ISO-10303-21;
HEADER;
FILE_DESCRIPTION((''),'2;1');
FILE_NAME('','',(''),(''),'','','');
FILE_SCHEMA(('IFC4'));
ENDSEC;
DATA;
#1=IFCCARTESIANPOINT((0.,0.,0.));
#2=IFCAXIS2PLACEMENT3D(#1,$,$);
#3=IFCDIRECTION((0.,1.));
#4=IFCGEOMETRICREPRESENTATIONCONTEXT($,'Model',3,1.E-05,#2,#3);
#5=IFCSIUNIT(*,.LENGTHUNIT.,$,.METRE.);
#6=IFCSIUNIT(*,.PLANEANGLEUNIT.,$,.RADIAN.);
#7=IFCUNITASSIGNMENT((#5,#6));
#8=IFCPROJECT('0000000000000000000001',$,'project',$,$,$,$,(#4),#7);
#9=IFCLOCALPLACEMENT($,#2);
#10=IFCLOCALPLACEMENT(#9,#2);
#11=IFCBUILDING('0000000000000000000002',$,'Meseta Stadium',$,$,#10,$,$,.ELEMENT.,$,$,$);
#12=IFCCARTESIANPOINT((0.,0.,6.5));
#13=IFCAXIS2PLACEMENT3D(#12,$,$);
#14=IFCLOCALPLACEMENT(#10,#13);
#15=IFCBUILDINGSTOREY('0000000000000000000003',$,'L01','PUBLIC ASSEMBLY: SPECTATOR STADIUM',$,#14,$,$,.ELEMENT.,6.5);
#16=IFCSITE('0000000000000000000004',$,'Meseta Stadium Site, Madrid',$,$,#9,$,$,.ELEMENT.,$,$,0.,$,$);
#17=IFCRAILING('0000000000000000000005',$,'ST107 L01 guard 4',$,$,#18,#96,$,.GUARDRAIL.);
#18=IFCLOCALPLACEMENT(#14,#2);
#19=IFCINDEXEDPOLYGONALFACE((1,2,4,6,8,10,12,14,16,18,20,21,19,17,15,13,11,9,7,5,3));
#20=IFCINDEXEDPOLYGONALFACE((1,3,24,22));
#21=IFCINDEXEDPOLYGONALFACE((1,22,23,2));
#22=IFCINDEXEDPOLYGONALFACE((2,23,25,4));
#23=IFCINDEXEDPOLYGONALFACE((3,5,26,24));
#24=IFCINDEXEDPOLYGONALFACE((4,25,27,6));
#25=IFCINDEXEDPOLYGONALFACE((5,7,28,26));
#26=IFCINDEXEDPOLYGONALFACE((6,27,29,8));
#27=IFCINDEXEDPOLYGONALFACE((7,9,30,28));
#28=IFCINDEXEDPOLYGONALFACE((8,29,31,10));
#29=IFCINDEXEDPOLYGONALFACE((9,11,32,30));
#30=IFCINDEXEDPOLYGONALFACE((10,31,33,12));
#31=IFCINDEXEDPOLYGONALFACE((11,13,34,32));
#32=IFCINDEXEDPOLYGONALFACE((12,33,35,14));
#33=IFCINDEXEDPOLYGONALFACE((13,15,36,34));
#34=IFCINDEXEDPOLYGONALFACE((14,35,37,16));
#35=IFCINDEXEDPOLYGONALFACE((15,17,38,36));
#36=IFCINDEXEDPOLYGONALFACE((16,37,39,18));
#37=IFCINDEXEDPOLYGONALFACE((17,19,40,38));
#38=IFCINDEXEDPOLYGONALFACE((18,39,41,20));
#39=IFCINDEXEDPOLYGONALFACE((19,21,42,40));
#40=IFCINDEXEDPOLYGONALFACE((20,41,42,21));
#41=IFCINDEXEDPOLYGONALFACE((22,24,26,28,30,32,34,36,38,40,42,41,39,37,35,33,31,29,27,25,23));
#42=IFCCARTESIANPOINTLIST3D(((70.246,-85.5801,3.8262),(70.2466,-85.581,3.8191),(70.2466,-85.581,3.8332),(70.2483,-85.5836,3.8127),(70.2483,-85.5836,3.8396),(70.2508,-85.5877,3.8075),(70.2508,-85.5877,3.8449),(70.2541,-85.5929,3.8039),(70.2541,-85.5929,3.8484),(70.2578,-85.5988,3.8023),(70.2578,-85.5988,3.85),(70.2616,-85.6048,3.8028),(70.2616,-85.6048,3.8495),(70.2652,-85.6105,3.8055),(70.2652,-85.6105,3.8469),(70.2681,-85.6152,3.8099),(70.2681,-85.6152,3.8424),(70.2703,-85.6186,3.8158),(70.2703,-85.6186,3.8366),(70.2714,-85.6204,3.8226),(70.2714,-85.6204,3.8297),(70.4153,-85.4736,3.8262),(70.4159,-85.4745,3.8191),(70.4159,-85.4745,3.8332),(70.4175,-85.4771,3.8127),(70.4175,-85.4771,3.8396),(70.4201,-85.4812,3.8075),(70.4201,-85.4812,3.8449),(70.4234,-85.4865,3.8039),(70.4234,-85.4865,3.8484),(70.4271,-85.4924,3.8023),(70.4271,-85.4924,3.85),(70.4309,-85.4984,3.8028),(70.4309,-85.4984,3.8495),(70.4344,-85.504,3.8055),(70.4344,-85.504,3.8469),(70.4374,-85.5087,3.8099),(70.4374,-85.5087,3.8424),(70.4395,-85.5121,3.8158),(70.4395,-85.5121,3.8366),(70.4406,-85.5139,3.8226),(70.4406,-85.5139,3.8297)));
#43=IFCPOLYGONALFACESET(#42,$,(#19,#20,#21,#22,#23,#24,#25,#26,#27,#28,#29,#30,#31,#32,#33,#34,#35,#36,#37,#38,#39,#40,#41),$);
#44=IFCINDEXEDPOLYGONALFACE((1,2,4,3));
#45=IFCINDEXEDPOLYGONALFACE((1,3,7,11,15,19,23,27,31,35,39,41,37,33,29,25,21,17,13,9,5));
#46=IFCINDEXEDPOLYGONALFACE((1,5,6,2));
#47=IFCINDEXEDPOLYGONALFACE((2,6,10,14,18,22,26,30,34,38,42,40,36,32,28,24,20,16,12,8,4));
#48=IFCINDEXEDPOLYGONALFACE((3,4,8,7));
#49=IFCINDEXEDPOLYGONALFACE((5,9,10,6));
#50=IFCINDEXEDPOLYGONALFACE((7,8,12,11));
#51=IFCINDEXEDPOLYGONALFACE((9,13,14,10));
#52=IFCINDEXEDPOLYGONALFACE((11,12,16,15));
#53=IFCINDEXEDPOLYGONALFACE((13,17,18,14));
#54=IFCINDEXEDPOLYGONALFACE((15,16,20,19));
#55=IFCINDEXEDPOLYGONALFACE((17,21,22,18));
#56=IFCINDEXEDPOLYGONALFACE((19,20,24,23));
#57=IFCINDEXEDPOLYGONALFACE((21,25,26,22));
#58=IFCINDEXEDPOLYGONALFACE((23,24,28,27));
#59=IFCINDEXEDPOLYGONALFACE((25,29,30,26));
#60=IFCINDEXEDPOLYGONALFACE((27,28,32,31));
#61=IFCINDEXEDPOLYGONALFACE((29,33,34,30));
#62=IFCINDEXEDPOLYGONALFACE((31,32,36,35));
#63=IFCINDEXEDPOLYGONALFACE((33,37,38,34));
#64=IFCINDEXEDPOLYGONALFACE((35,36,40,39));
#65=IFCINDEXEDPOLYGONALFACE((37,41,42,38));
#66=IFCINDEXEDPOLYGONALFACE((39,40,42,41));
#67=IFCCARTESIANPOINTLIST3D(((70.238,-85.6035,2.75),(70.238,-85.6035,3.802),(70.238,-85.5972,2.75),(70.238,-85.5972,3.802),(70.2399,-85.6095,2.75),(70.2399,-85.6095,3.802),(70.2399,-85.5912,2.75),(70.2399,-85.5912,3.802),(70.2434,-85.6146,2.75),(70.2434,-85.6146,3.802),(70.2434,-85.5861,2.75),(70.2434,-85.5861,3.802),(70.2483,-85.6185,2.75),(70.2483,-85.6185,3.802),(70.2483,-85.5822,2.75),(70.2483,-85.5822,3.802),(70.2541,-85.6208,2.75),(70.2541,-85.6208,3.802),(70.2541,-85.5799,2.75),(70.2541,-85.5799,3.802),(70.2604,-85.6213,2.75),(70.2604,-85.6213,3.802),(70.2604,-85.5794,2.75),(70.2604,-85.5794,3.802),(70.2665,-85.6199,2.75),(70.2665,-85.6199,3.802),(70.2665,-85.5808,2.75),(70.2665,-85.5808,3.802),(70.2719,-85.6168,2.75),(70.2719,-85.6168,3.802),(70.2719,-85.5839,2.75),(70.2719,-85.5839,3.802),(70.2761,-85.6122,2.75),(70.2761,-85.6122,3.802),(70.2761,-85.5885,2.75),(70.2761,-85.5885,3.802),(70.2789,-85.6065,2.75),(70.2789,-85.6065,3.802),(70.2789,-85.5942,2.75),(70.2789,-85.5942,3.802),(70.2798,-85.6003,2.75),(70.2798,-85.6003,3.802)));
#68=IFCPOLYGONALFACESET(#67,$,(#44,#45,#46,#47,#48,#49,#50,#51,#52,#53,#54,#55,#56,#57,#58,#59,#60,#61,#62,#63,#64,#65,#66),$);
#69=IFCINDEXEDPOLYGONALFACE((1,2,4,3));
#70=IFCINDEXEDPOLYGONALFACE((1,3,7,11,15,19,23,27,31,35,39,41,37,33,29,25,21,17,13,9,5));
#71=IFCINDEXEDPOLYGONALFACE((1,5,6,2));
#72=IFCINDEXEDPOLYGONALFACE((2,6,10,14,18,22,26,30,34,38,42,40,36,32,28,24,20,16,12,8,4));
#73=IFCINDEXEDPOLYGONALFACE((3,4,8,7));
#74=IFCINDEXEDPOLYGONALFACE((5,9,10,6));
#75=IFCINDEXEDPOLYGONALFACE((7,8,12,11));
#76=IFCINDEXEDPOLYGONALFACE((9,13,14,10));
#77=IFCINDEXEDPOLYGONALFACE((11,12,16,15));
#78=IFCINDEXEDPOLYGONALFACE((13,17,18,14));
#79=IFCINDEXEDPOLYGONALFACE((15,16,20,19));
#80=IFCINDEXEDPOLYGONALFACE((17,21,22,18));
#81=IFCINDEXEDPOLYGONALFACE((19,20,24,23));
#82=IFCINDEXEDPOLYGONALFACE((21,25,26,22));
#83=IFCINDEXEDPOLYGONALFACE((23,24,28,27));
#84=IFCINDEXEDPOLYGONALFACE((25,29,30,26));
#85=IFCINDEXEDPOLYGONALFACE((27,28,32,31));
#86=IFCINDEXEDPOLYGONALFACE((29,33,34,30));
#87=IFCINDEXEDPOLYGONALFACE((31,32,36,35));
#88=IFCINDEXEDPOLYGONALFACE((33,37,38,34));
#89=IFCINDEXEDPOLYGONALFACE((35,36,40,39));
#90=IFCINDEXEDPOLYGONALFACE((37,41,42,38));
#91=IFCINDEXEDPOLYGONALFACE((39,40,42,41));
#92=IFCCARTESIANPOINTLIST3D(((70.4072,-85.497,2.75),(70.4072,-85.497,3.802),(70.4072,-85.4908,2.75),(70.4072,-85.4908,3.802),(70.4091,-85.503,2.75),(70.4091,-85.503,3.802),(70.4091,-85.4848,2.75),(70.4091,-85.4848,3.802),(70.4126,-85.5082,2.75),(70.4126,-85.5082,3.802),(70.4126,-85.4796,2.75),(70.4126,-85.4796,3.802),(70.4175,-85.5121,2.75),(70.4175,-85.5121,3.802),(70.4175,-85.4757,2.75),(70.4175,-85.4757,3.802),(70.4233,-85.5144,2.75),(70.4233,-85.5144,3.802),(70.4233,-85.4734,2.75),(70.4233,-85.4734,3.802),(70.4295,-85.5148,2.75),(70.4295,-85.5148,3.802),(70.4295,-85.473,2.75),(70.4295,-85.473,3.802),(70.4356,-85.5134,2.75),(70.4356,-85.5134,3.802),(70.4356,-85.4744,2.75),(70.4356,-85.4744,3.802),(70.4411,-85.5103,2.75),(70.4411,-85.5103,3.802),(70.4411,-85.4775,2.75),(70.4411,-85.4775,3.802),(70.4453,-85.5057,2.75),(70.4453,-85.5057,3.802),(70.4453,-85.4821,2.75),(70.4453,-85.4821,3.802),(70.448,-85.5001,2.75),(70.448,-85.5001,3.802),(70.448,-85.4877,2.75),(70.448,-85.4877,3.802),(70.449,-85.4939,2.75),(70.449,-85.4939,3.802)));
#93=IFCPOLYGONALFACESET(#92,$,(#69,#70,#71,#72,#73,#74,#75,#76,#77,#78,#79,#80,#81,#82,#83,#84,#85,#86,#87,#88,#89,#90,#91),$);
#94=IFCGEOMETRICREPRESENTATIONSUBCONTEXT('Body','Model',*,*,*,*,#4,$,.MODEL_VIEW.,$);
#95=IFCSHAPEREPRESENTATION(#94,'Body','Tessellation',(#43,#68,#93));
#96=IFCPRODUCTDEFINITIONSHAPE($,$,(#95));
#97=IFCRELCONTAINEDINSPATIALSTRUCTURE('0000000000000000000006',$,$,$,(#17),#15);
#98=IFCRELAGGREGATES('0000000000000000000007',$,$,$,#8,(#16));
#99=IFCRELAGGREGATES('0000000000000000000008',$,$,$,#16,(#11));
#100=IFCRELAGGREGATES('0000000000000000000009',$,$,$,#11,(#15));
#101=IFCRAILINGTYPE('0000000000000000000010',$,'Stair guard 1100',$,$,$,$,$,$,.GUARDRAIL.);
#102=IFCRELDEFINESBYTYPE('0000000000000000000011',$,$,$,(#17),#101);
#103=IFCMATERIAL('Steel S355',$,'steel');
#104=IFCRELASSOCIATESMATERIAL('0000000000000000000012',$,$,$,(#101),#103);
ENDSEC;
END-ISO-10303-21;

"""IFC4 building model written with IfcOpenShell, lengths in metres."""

from ifc_helpers import new_model, si_unit, direction, frame, origin, origin_2d, place, context, subcontext, project, spatial, circle, extrude, material, type_object, element, save


model = new_model("IFC4")

# Units and contexts
model_context = context("Model", 3, precision=1e-05, world=origin(), true_north=direction((0.0, 1.0)))
body_context = subcontext(model_context, "Body", "Model", "MODEL_VIEW")
ifc_project = project(units=[si_unit("LENGTHUNIT", "METRE"), si_unit("PLANEANGLEUNIT", "RADIAN")], contexts=[model_context])

# Site, building, storey
site_placement = place(None, origin())
site = spatial("IfcSite", under=ifc_project, at=site_placement, Name="Meseta Stadium Site, Madrid", CompositionType="ELEMENT", RefElevation=0.0)
building_placement = place(site_placement, origin())
building = spatial("IfcBuilding", under=site, at=building_placement, Name="Meseta Stadium", CompositionType="ELEMENT")
storey_placement = place(building_placement, frame((0.0, 0.0, 6.5)))
storey = spatial("IfcBuildingStorey", under=building, at=storey_placement, Name="L01", Description="PUBLIC ASSEMBLY: SPECTATOR STADIUM", CompositionType="ELEMENT", Elevation=6.5)

# Railing
ifc_material_1 = material(Name="Steel S355", Category="steel")
railing_type_1 = type_object("IfcRailingType", Name="Stair guard 1100", PredefinedType="GUARDRAIL", material=ifc_material_1)
railing_1_placement = place(storey_placement, frame((70.2588, -85.6003, 2.75)))
element("IfcRailing", 1, at=railing_1_placement, inside=storey, type_object=railing_type_1, Name="ST107 L01 guard 4", PredefinedType="GUARDRAIL", context=body_context, shape_type="SweptSolid", body=[
    extrude(circle(Radius=0.0239, at=origin_2d()), frame((0.0, 0.0, 1.0762), z_axis=(0.846416, 0.532522, 0.0), x_axis=(-0.532522, 0.846416, 0.0)), (0.0, 0.0, 1.0), 0.2),
    extrude(circle(Radius=0.021, at=origin_2d()), origin(), (0.0, 0.0, 1.0), 1.052),
    extrude(circle(Radius=0.021, at=origin_2d()), frame((0.1692, 0.1064, 0.0)), (0.0, 0.0, 1.0), 1.052),
])

save(model, "model.ifc")
